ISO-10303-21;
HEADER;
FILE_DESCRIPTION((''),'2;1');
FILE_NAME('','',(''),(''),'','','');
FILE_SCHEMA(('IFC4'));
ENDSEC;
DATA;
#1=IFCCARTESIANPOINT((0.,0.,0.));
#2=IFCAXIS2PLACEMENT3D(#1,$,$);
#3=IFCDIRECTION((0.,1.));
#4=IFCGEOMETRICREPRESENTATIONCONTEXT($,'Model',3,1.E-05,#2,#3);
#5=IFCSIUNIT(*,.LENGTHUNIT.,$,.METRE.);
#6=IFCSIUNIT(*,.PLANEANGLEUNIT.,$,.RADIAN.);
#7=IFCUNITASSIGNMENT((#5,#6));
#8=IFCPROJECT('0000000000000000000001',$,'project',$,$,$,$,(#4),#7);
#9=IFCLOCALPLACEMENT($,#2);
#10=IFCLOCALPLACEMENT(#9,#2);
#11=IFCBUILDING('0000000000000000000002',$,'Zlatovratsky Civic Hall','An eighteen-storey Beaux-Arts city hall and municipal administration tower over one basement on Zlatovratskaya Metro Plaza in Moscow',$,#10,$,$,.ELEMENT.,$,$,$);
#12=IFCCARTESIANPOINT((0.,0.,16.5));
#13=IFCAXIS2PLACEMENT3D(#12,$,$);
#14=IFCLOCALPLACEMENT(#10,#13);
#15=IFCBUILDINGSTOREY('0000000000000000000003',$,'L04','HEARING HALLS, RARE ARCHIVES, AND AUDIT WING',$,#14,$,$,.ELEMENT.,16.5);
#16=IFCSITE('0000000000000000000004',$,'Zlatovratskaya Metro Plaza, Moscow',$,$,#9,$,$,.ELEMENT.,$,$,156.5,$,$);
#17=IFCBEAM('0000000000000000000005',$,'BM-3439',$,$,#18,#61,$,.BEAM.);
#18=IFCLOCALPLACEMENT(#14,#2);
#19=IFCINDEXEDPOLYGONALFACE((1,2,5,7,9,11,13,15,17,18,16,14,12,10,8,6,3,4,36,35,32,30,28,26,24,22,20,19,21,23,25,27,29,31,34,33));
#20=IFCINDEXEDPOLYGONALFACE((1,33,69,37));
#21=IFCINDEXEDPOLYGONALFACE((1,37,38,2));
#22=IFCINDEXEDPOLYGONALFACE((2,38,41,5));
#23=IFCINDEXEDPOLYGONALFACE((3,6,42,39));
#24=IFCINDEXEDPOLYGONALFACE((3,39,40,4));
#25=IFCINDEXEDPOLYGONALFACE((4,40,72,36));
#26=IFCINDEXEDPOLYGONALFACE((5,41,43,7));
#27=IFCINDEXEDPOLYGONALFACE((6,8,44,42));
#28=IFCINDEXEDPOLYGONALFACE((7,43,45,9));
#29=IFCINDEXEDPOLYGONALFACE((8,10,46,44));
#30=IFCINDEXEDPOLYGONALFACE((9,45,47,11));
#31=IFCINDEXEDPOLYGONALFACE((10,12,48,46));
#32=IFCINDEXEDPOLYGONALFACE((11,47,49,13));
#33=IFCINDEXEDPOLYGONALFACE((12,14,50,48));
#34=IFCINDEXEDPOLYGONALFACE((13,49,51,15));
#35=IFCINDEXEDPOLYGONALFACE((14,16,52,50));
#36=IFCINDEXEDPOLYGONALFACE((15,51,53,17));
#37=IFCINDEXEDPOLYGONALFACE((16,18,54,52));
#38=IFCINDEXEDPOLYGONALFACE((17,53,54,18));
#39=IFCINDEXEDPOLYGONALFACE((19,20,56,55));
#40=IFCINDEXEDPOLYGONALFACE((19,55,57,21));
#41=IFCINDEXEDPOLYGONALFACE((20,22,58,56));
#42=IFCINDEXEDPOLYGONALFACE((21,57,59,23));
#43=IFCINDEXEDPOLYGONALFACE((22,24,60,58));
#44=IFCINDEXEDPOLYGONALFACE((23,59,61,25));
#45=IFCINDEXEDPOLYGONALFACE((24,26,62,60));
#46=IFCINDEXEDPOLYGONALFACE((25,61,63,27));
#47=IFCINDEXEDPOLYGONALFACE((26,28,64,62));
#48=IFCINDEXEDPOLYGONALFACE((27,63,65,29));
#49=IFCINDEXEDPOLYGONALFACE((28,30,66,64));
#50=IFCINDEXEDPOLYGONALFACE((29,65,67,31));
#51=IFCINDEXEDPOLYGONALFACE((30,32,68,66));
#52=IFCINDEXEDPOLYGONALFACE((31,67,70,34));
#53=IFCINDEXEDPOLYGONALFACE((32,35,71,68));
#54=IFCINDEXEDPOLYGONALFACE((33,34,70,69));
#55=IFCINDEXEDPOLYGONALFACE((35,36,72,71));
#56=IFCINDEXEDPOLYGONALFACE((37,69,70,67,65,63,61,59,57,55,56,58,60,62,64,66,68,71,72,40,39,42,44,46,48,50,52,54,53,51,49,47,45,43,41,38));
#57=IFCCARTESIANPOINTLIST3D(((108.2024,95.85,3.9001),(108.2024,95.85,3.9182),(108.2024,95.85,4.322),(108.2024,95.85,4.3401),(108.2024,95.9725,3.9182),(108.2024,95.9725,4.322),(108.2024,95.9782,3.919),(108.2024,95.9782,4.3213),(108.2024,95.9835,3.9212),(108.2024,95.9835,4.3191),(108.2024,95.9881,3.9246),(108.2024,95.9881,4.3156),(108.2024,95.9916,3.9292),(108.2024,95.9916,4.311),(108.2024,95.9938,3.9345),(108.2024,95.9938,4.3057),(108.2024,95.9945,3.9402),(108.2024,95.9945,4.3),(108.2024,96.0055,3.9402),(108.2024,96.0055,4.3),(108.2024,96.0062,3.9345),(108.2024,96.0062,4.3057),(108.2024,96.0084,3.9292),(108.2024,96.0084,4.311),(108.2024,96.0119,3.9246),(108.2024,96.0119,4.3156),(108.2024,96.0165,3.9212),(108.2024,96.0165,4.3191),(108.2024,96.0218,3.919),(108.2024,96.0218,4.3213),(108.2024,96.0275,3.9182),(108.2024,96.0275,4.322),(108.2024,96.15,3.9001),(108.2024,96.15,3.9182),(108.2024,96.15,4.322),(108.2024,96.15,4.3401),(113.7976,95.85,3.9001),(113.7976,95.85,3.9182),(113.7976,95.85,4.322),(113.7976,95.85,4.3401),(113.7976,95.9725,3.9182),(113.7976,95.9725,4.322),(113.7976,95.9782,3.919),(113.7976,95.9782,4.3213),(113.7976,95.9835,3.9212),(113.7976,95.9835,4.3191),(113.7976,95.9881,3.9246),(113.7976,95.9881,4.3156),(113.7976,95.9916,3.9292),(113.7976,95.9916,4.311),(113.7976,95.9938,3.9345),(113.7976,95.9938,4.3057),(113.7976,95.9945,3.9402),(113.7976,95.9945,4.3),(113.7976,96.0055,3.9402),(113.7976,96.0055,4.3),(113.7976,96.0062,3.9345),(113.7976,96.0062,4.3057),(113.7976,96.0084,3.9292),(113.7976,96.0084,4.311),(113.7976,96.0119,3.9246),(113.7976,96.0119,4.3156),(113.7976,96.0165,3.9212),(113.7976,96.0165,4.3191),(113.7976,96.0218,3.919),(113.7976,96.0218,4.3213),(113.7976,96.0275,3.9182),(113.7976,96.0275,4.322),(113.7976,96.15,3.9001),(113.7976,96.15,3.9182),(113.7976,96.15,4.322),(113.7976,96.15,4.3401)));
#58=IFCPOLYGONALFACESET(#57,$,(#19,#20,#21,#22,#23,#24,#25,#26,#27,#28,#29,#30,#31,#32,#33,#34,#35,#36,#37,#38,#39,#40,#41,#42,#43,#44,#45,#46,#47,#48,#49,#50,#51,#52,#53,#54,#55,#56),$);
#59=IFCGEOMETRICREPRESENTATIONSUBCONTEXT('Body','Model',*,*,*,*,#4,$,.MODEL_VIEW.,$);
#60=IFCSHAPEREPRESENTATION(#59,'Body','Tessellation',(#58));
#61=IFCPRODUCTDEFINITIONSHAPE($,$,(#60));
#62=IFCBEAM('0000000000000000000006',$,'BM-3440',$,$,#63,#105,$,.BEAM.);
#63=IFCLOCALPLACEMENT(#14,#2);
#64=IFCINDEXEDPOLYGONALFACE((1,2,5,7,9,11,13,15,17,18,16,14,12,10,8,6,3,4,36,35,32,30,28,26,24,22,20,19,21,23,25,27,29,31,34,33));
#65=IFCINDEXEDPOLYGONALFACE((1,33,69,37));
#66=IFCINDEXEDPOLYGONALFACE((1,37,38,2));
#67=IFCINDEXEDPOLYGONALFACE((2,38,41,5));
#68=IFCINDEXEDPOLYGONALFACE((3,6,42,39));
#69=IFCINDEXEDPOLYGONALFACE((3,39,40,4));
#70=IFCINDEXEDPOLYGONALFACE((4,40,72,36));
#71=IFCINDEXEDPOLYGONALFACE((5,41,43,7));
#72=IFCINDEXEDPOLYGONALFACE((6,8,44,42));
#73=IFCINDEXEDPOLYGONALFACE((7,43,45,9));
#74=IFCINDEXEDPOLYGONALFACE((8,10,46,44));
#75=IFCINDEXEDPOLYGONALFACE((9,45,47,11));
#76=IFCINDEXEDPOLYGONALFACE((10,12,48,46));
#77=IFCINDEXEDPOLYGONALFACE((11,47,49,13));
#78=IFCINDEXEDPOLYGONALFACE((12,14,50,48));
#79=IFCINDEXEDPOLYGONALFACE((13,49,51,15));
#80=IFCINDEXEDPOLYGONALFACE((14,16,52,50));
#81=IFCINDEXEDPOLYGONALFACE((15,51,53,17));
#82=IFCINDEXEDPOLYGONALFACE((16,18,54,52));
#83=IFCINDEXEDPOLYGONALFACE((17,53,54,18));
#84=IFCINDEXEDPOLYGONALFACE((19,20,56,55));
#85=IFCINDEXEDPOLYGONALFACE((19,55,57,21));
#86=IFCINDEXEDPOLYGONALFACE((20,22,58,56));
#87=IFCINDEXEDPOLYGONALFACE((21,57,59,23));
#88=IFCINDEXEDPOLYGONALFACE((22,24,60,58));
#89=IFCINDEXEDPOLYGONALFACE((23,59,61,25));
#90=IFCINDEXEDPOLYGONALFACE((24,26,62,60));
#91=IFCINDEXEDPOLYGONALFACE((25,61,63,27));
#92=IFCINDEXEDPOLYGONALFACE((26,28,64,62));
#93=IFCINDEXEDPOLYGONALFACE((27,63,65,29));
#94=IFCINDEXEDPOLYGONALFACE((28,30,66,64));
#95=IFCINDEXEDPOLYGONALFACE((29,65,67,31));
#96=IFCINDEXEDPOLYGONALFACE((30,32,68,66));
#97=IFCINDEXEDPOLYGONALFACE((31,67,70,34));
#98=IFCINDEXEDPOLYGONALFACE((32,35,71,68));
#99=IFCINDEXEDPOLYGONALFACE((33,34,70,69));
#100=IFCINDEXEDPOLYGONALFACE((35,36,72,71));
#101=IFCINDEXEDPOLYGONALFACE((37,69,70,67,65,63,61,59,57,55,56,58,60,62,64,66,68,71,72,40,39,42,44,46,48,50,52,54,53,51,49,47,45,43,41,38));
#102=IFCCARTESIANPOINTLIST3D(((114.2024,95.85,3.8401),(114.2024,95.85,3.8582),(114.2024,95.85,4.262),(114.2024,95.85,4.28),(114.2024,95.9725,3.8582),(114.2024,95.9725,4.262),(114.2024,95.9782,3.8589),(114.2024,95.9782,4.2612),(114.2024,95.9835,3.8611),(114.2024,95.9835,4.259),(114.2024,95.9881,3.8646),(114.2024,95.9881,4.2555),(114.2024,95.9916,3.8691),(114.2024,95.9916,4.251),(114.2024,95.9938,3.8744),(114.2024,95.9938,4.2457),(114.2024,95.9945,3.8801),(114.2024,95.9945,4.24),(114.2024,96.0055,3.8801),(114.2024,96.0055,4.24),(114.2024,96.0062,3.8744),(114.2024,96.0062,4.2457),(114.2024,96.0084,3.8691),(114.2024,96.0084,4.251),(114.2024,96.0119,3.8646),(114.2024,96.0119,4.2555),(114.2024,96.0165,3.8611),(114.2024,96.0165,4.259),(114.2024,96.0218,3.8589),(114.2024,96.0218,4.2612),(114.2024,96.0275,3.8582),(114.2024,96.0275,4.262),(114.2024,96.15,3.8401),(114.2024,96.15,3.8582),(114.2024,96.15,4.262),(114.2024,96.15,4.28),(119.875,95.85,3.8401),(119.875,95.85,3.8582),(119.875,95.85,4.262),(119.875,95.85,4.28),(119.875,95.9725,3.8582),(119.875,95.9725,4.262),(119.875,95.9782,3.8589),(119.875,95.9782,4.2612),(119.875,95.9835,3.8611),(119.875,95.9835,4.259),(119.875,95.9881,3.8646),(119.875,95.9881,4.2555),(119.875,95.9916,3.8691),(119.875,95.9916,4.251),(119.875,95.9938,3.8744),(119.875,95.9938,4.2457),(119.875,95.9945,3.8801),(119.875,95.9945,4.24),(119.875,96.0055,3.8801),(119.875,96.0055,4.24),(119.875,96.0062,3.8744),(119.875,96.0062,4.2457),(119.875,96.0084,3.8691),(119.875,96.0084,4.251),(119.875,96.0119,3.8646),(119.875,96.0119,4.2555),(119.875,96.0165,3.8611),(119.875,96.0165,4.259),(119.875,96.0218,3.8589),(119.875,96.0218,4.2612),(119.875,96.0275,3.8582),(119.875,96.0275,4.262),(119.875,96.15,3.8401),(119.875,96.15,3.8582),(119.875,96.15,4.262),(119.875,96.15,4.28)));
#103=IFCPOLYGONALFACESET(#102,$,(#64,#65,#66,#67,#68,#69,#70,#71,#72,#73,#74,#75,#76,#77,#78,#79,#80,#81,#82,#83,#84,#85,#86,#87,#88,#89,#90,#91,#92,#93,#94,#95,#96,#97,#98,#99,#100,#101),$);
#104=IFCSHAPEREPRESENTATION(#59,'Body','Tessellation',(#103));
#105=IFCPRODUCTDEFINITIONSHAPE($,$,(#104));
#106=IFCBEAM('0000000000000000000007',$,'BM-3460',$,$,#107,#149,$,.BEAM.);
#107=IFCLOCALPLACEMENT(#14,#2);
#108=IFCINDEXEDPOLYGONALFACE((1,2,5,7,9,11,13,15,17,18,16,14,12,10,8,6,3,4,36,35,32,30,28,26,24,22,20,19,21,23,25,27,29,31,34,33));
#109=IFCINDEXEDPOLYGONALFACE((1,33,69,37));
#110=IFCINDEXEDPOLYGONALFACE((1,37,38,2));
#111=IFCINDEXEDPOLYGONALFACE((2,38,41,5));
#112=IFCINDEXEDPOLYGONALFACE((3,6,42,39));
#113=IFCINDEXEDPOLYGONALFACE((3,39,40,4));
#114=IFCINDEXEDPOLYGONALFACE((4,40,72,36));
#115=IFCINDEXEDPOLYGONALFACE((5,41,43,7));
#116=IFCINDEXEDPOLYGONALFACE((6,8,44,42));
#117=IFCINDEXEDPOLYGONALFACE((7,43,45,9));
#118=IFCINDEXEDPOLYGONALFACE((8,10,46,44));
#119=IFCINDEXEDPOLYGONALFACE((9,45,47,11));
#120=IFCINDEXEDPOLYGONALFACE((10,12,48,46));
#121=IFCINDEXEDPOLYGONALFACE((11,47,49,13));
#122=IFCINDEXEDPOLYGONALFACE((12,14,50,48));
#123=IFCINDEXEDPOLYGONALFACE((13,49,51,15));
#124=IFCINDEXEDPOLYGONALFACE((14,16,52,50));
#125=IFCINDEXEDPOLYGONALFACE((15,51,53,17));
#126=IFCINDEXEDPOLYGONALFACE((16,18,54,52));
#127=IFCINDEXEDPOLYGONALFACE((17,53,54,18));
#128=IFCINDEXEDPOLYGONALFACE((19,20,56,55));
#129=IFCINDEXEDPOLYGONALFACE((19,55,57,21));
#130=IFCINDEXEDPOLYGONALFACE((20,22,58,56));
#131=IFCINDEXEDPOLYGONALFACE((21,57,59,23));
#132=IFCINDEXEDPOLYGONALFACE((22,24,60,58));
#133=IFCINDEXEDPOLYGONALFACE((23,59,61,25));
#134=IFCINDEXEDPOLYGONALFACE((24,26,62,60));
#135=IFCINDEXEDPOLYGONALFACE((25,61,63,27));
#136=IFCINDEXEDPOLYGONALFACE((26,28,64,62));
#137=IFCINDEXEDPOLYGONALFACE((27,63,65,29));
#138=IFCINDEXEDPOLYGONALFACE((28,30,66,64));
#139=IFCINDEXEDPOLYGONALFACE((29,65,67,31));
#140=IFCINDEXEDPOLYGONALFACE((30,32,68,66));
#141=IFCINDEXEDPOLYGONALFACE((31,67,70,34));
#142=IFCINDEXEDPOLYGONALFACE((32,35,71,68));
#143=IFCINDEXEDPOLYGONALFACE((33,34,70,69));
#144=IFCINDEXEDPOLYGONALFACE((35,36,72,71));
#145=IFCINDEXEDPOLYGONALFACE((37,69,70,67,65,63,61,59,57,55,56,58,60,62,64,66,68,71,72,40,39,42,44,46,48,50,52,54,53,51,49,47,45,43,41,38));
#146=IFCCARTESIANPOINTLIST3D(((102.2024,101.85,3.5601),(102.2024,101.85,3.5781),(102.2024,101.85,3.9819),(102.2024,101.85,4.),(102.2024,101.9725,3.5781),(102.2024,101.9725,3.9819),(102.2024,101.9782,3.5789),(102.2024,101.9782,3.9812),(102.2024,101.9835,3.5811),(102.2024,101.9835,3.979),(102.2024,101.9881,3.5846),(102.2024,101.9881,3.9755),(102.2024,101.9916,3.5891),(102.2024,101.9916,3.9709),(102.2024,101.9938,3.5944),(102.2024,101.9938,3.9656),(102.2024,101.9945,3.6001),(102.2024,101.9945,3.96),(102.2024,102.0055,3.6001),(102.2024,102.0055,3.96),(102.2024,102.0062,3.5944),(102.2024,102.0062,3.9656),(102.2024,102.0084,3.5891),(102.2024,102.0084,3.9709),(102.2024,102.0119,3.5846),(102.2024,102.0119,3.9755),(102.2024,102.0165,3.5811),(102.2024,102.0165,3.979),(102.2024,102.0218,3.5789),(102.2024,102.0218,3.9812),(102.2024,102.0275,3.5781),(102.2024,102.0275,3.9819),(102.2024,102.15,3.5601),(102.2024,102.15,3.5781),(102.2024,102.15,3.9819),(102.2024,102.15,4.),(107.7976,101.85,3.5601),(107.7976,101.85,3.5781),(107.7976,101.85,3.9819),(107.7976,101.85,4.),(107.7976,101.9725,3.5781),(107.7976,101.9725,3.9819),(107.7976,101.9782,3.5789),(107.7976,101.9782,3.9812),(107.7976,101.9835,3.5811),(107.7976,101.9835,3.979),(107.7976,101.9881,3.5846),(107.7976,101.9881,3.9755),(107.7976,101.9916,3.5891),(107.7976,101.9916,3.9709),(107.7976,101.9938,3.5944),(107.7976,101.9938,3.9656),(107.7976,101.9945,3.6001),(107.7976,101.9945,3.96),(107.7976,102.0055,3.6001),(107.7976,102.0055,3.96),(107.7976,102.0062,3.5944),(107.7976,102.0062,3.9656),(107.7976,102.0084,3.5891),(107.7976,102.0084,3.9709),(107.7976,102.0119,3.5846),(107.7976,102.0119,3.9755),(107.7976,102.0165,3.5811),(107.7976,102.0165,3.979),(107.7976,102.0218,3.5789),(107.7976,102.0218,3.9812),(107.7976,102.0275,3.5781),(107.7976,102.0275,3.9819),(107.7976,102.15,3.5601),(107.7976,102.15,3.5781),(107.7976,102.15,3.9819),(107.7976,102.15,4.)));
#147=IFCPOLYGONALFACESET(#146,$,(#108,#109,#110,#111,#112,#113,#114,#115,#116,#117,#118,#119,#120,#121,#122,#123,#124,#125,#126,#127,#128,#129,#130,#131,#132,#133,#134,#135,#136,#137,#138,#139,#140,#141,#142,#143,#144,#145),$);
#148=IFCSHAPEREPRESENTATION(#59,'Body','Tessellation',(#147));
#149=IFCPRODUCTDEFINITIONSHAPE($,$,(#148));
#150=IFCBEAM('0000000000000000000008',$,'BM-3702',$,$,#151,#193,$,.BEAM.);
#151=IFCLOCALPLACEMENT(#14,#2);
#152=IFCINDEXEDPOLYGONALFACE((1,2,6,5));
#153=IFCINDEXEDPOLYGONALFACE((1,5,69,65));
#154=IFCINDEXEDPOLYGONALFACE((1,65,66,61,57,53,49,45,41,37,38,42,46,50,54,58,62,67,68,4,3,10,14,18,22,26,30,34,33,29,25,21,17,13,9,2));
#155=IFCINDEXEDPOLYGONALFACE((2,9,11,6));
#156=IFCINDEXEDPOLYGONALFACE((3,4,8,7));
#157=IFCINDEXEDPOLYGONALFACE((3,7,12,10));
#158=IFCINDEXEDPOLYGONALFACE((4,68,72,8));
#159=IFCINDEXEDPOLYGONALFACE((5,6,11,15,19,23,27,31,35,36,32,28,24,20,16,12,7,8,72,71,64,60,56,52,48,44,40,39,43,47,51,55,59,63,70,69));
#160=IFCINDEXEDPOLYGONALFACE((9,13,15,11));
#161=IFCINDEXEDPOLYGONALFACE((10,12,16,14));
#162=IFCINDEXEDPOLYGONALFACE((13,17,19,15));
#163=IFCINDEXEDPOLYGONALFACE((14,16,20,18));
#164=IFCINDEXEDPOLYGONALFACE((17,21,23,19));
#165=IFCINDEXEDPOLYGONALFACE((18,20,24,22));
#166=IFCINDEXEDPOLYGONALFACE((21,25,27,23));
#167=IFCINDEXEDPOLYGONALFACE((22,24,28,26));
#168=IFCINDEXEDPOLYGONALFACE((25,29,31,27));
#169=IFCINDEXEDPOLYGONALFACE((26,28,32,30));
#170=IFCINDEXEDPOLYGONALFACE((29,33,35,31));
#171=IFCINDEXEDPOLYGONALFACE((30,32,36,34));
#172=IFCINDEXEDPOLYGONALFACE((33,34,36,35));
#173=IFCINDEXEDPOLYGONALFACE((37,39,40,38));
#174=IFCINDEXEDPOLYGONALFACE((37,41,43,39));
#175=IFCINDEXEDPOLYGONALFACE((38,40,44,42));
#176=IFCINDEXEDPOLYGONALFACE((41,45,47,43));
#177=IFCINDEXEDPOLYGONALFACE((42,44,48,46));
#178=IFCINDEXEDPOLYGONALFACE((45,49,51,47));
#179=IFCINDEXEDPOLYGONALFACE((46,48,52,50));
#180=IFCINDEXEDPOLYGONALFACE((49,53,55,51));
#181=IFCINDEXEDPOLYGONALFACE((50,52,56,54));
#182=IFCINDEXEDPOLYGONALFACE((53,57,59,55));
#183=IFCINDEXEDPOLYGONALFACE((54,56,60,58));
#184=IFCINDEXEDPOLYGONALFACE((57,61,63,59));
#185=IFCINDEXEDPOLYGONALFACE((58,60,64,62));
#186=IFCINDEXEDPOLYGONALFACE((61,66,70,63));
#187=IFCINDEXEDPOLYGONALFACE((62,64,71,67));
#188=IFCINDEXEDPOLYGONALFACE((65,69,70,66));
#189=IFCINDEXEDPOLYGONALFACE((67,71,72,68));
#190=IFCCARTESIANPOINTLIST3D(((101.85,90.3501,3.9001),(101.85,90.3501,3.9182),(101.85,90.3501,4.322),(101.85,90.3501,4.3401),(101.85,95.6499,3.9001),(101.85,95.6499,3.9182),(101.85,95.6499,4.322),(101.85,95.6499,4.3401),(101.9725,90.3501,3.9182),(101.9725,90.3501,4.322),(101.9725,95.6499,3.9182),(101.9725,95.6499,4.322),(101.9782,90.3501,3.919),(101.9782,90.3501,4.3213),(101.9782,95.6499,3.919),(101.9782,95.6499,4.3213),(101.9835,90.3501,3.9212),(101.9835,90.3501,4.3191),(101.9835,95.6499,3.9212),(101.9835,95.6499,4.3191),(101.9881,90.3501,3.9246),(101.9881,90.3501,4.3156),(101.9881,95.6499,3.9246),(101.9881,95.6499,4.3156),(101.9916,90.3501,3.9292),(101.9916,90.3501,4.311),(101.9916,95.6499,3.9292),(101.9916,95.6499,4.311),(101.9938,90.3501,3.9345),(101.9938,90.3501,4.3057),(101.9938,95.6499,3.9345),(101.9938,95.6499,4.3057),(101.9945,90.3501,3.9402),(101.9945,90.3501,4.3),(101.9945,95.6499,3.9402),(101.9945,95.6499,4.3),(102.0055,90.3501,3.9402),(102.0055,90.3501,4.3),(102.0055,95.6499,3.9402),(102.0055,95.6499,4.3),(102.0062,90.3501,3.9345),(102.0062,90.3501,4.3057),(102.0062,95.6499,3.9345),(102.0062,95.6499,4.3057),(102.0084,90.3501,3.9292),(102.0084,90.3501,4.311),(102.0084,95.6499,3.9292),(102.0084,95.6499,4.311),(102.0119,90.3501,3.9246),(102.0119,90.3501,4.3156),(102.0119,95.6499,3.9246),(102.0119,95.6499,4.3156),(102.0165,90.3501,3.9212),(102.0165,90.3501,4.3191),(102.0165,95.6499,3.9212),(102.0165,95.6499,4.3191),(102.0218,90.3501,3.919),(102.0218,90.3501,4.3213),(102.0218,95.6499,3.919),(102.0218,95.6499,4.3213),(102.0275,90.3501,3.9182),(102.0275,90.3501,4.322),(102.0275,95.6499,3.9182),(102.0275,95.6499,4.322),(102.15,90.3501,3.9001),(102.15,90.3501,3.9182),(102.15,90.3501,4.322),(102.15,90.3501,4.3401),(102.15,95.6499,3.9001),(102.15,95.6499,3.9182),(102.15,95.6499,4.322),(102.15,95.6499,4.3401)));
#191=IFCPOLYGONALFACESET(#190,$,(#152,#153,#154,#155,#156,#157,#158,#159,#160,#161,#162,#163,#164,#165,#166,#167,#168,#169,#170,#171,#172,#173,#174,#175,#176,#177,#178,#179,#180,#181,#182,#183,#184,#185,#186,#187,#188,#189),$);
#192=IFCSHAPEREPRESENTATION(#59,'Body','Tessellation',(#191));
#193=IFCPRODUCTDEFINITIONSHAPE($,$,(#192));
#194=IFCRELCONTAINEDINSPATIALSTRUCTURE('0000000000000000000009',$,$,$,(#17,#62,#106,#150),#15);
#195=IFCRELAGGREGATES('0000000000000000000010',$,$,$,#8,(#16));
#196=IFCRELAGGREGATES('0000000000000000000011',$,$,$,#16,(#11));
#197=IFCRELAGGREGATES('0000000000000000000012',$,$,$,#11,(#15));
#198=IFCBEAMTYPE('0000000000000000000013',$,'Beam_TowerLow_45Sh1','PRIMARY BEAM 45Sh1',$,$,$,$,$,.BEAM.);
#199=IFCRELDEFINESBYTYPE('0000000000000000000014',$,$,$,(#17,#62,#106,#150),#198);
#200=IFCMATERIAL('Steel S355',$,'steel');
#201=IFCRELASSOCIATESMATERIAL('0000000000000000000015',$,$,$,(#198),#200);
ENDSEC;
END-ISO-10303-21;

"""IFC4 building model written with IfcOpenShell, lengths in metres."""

from ifc_helpers import new_model, si_unit, direction, frame, origin, origin_2d, place, context, subcontext, project, spatial, i_section, extrude, material, material_profile, profile_set, type_object, element, save


model = new_model("IFC4")

# Units and contexts
model_context = context("Model", 3, precision=1e-05, world=origin(), true_north=direction((0.0, 1.0)))
body_context = subcontext(model_context, "Body", "Model", "MODEL_VIEW")
ifc_project = project(units=[si_unit("LENGTHUNIT", "METRE"), si_unit("PLANEANGLEUNIT", "RADIAN")], contexts=[model_context])

# Site, building, storey
site_placement = place(None, origin())
site = spatial("IfcSite", under=ifc_project, at=site_placement, Name="Zlatovratskaya Metro Plaza, Moscow", CompositionType="ELEMENT", RefElevation=156.5)
building_placement = place(site_placement, origin())
building = spatial("IfcBuilding", under=site, at=building_placement, Name="Zlatovratsky Civic Hall", Description="An eighteen-storey Beaux-Arts city hall and municipal administration tower over one basement on Zlatovratskaya Metro Plaza in Moscow", CompositionType="ELEMENT")
storey_placement = place(building_placement, frame((0.0, 0.0, 16.5)))
storey = spatial("IfcBuildingStorey", under=building, at=storey_placement, Name="L04", Description="HEARING HALLS, RARE ARCHIVES, AND AUDIT WING", CompositionType="ELEMENT", Elevation=16.5)

# Shared definitions
ifc_material_1 = material(Name="Steel S355", Category="steel")

# Beams
ifc_material_profile_1 = material_profile(ifc_material_1, i_section(OverallWidth=0.3, OverallDepth=0.4399, WebThickness=0.011, FlangeThickness=0.0181, FilletRadius=0.022, at=origin_2d()), Name="45Sh1")
ifc_profile_set_1 = profile_set([ifc_material_profile_1], Name="Steel S355")
beam_type = type_object("IfcBeamType", Name="Beam_TowerLow_45Sh1", Description="PRIMARY BEAM 45Sh1", PredefinedType="BEAM", material=ifc_profile_set_1)
beam_1_placement = place(storey_placement, frame((108.2024, 96.0, 4.1201), z_axis=(1.0, 0.0, 0.0), x_axis=(0.0, 1.0, 0.0)))
element("IfcBeam", 1, at=beam_1_placement, inside=storey, type_object=beam_type, Name="BM-3439", PredefinedType="BEAM", context=body_context, shape_type="SweptSolid", body=[
    extrude(i_section(OverallWidth=0.3, OverallDepth=0.4399, WebThickness=0.011, FlangeThickness=0.0181, FilletRadius=0.022, at=origin_2d()), origin(), (0.0, 0.0, 1.0), 5.5952),
])
beam_2_placement = place(storey_placement, frame((114.2024, 96.0, 4.0601), z_axis=(1.0, 0.0, 0.0), x_axis=(0.0, 1.0, 0.0)))
element("IfcBeam", 2, at=beam_2_placement, inside=storey, type_object=beam_type, Name="BM-3440", PredefinedType="BEAM", context=body_context, shape_type="SweptSolid", body=[
    extrude(i_section(OverallWidth=0.3, OverallDepth=0.4399, WebThickness=0.011, FlangeThickness=0.0181, FilletRadius=0.022, at=origin_2d()), origin(), (0.0, 0.0, 1.0), 5.6726),
])
beam_3_placement = place(storey_placement, frame((102.2024, 102.0, 3.78), z_axis=(1.0, 0.0, 0.0), x_axis=(0.0, 1.0, 0.0)))
element("IfcBeam", 3, at=beam_3_placement, inside=storey, type_object=beam_type, Name="BM-3460", PredefinedType="BEAM", context=body_context, shape_type="SweptSolid", body=[
    extrude(i_section(OverallWidth=0.3, OverallDepth=0.4399, WebThickness=0.011, FlangeThickness=0.0181, FilletRadius=0.022, at=origin_2d()), origin(), (0.0, 0.0, 1.0), 5.5952),
])
beam_4_placement = place(storey_placement, frame((102.0, 90.3501, 4.1201), z_axis=(0.0, 1.0, 0.0), x_axis=(-1.0, 0.0, 0.0)))
element("IfcBeam", 4, at=beam_4_placement, inside=storey, type_object=beam_type, Name="BM-3702", PredefinedType="BEAM", context=body_context, shape_type="SweptSolid", body=[
    extrude(i_section(OverallWidth=0.3, OverallDepth=0.4399, WebThickness=0.011, FlangeThickness=0.0181, FilletRadius=0.022, at=origin_2d()), origin(), (0.0, 0.0, 1.0), 5.2998),
])

save(model, "model.ifc")
